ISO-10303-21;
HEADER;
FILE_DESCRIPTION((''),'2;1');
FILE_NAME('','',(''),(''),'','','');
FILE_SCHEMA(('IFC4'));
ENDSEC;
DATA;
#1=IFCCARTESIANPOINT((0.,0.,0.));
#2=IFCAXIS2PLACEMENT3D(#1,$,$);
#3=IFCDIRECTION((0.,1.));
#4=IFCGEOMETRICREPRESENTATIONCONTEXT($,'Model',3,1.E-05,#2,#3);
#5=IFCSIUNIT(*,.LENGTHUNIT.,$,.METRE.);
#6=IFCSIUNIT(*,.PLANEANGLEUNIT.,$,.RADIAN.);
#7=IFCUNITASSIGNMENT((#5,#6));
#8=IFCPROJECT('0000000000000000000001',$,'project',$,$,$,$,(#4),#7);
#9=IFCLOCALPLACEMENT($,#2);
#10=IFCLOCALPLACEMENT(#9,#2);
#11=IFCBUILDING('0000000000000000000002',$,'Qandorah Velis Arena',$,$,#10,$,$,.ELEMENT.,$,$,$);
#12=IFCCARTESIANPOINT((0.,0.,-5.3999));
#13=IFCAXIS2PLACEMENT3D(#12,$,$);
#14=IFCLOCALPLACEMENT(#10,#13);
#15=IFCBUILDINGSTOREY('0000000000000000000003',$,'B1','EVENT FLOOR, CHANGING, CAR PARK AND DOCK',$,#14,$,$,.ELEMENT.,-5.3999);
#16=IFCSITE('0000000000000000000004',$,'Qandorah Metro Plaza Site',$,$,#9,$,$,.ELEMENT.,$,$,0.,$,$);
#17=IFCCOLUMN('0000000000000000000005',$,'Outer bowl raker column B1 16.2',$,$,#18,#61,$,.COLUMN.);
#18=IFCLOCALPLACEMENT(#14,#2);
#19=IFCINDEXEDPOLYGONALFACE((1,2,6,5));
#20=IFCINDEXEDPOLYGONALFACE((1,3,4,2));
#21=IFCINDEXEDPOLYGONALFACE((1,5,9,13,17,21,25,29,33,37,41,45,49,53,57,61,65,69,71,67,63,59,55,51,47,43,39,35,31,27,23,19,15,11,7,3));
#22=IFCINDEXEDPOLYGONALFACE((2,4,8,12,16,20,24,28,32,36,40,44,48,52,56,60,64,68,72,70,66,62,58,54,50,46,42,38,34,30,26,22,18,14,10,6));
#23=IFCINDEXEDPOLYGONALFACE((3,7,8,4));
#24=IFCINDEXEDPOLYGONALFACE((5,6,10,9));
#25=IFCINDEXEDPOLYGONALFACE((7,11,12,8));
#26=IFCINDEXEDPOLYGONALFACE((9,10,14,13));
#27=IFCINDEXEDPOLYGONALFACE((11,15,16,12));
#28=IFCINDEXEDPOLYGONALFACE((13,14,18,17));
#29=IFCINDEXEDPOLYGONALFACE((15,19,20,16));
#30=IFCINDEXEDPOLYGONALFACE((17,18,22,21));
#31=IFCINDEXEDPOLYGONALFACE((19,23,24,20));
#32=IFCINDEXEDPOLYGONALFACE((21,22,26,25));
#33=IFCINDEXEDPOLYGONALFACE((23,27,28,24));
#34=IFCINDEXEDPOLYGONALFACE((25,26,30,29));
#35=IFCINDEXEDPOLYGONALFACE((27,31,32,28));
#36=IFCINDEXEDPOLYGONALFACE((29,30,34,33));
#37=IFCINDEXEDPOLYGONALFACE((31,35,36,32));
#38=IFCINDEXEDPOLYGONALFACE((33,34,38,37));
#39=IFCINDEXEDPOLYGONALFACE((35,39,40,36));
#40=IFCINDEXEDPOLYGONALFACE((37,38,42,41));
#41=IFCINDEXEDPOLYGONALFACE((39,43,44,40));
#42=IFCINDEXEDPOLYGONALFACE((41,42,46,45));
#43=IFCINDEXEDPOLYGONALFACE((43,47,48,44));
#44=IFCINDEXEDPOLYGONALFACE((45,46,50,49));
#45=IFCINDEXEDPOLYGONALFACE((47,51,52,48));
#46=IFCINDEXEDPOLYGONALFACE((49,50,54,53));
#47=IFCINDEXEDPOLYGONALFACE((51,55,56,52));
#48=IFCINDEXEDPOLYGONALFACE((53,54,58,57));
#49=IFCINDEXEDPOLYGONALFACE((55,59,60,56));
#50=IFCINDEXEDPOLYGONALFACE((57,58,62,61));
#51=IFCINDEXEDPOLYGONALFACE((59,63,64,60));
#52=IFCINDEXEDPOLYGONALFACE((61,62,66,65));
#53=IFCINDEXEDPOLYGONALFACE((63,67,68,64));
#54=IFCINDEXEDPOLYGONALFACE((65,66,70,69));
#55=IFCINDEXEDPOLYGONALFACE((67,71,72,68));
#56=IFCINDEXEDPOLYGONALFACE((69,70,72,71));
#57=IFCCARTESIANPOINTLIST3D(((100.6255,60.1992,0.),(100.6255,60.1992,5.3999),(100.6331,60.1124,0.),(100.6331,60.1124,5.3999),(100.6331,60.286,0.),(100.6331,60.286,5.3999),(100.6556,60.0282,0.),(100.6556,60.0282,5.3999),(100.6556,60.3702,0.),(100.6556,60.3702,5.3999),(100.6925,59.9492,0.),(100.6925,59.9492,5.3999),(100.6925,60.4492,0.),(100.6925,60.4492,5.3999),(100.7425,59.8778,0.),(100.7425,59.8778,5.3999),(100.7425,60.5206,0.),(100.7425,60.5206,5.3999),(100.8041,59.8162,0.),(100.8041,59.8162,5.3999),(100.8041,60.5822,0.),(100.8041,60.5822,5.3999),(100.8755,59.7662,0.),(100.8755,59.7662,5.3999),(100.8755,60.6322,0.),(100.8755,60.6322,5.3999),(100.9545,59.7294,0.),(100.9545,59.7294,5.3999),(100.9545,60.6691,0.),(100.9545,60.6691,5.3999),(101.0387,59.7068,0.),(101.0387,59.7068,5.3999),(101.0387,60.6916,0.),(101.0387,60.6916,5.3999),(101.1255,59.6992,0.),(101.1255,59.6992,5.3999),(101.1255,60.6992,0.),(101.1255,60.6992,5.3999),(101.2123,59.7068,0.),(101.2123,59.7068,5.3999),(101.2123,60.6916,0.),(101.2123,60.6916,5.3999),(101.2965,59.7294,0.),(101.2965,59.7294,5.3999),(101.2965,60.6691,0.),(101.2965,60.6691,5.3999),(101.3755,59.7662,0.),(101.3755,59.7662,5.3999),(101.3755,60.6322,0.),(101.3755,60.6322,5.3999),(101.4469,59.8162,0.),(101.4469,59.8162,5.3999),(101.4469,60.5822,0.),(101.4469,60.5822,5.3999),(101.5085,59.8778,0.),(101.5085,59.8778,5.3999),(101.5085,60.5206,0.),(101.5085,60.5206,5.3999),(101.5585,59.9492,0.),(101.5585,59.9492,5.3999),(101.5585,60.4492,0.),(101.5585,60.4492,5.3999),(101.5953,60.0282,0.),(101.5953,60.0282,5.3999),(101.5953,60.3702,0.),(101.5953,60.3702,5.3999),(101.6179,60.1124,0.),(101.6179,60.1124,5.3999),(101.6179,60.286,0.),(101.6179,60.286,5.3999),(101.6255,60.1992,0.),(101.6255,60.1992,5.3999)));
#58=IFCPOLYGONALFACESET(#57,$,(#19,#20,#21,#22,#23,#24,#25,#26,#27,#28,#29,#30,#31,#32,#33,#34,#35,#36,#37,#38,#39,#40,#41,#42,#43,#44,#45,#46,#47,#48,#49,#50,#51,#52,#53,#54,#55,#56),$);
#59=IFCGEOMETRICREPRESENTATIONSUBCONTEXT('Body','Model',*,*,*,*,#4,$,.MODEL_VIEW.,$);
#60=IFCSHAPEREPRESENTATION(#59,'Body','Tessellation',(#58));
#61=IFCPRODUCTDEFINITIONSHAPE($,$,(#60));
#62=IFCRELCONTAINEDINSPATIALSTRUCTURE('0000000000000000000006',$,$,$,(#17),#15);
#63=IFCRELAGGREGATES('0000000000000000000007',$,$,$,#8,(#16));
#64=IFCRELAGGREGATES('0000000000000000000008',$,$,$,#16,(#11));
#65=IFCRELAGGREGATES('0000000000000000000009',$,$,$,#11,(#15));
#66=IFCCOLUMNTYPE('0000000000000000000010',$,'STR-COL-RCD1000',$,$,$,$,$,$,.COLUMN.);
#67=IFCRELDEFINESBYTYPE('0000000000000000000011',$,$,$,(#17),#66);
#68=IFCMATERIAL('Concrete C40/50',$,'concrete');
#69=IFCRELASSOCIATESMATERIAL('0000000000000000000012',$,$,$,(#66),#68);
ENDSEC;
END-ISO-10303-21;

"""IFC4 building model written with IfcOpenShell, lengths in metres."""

from ifc_helpers import new_model, si_unit, direction, frame, origin, origin_2d, place, context, subcontext, project, spatial, circle, extrude, material, material_profile, profile_set, type_object, element, save


model = new_model("IFC4")

# Units and contexts
model_context = context("Model", 3, precision=1e-05, world=origin(), true_north=direction((0.0, 1.0)))
body_context = subcontext(model_context, "Body", "Model", "MODEL_VIEW")
ifc_project = project(units=[si_unit("LENGTHUNIT", "METRE"), si_unit("PLANEANGLEUNIT", "RADIAN")], contexts=[model_context])

# Site, building, storey
site_placement = place(None, origin())
site = spatial("IfcSite", under=ifc_project, at=site_placement, Name="Qandorah Metro Plaza Site", CompositionType="ELEMENT", RefElevation=0.0)
building_placement = place(site_placement, origin())
building = spatial("IfcBuilding", under=site, at=building_placement, Name="Qandorah Velis Arena", CompositionType="ELEMENT")
storey_placement = place(building_placement, frame((0.0, 0.0, -5.3999)))
storey = spatial("IfcBuildingStorey", under=building, at=storey_placement, Name="B1", Description="EVENT FLOOR, CHANGING, CAR PARK AND DOCK", CompositionType="ELEMENT", Elevation=-5.3999)

# Shared definitions
ifc_material = material(Name="Concrete C40/50", Category="concrete")

# Column
ifc_material_profile_1 = material_profile(ifc_material, circle(Radius=0.5, at=origin_2d()), Name="RC D1000")
ifc_profile_set_1 = profile_set([ifc_material_profile_1], Name="Concrete C40/50")
column_type_1 = type_object("IfcColumnType", Name="STR-COL-RCD1000", PredefinedType="COLUMN", material=ifc_profile_set_1)
for number, where, z_axis, x_axis, name in (
    (1, (101.1255, 60.1992, 0.0), (0.0, 0.0, 1.0), (1.0, 0.0, 0.0), "Outer bowl raker column B1 16.2"),
):
    element("IfcColumn", number, at=place(storey_placement, frame(where, z_axis=z_axis, x_axis=x_axis)), inside=storey, type_object=column_type_1, Name=name, PredefinedType="COLUMN", context=body_context, shape_type="SweptSolid", body=[
        extrude(circle(Radius=0.5, at=origin_2d()), origin(), (0.0, 0.0, 1.0), 5.3999),
    ])

save(model, "model.ifc")
